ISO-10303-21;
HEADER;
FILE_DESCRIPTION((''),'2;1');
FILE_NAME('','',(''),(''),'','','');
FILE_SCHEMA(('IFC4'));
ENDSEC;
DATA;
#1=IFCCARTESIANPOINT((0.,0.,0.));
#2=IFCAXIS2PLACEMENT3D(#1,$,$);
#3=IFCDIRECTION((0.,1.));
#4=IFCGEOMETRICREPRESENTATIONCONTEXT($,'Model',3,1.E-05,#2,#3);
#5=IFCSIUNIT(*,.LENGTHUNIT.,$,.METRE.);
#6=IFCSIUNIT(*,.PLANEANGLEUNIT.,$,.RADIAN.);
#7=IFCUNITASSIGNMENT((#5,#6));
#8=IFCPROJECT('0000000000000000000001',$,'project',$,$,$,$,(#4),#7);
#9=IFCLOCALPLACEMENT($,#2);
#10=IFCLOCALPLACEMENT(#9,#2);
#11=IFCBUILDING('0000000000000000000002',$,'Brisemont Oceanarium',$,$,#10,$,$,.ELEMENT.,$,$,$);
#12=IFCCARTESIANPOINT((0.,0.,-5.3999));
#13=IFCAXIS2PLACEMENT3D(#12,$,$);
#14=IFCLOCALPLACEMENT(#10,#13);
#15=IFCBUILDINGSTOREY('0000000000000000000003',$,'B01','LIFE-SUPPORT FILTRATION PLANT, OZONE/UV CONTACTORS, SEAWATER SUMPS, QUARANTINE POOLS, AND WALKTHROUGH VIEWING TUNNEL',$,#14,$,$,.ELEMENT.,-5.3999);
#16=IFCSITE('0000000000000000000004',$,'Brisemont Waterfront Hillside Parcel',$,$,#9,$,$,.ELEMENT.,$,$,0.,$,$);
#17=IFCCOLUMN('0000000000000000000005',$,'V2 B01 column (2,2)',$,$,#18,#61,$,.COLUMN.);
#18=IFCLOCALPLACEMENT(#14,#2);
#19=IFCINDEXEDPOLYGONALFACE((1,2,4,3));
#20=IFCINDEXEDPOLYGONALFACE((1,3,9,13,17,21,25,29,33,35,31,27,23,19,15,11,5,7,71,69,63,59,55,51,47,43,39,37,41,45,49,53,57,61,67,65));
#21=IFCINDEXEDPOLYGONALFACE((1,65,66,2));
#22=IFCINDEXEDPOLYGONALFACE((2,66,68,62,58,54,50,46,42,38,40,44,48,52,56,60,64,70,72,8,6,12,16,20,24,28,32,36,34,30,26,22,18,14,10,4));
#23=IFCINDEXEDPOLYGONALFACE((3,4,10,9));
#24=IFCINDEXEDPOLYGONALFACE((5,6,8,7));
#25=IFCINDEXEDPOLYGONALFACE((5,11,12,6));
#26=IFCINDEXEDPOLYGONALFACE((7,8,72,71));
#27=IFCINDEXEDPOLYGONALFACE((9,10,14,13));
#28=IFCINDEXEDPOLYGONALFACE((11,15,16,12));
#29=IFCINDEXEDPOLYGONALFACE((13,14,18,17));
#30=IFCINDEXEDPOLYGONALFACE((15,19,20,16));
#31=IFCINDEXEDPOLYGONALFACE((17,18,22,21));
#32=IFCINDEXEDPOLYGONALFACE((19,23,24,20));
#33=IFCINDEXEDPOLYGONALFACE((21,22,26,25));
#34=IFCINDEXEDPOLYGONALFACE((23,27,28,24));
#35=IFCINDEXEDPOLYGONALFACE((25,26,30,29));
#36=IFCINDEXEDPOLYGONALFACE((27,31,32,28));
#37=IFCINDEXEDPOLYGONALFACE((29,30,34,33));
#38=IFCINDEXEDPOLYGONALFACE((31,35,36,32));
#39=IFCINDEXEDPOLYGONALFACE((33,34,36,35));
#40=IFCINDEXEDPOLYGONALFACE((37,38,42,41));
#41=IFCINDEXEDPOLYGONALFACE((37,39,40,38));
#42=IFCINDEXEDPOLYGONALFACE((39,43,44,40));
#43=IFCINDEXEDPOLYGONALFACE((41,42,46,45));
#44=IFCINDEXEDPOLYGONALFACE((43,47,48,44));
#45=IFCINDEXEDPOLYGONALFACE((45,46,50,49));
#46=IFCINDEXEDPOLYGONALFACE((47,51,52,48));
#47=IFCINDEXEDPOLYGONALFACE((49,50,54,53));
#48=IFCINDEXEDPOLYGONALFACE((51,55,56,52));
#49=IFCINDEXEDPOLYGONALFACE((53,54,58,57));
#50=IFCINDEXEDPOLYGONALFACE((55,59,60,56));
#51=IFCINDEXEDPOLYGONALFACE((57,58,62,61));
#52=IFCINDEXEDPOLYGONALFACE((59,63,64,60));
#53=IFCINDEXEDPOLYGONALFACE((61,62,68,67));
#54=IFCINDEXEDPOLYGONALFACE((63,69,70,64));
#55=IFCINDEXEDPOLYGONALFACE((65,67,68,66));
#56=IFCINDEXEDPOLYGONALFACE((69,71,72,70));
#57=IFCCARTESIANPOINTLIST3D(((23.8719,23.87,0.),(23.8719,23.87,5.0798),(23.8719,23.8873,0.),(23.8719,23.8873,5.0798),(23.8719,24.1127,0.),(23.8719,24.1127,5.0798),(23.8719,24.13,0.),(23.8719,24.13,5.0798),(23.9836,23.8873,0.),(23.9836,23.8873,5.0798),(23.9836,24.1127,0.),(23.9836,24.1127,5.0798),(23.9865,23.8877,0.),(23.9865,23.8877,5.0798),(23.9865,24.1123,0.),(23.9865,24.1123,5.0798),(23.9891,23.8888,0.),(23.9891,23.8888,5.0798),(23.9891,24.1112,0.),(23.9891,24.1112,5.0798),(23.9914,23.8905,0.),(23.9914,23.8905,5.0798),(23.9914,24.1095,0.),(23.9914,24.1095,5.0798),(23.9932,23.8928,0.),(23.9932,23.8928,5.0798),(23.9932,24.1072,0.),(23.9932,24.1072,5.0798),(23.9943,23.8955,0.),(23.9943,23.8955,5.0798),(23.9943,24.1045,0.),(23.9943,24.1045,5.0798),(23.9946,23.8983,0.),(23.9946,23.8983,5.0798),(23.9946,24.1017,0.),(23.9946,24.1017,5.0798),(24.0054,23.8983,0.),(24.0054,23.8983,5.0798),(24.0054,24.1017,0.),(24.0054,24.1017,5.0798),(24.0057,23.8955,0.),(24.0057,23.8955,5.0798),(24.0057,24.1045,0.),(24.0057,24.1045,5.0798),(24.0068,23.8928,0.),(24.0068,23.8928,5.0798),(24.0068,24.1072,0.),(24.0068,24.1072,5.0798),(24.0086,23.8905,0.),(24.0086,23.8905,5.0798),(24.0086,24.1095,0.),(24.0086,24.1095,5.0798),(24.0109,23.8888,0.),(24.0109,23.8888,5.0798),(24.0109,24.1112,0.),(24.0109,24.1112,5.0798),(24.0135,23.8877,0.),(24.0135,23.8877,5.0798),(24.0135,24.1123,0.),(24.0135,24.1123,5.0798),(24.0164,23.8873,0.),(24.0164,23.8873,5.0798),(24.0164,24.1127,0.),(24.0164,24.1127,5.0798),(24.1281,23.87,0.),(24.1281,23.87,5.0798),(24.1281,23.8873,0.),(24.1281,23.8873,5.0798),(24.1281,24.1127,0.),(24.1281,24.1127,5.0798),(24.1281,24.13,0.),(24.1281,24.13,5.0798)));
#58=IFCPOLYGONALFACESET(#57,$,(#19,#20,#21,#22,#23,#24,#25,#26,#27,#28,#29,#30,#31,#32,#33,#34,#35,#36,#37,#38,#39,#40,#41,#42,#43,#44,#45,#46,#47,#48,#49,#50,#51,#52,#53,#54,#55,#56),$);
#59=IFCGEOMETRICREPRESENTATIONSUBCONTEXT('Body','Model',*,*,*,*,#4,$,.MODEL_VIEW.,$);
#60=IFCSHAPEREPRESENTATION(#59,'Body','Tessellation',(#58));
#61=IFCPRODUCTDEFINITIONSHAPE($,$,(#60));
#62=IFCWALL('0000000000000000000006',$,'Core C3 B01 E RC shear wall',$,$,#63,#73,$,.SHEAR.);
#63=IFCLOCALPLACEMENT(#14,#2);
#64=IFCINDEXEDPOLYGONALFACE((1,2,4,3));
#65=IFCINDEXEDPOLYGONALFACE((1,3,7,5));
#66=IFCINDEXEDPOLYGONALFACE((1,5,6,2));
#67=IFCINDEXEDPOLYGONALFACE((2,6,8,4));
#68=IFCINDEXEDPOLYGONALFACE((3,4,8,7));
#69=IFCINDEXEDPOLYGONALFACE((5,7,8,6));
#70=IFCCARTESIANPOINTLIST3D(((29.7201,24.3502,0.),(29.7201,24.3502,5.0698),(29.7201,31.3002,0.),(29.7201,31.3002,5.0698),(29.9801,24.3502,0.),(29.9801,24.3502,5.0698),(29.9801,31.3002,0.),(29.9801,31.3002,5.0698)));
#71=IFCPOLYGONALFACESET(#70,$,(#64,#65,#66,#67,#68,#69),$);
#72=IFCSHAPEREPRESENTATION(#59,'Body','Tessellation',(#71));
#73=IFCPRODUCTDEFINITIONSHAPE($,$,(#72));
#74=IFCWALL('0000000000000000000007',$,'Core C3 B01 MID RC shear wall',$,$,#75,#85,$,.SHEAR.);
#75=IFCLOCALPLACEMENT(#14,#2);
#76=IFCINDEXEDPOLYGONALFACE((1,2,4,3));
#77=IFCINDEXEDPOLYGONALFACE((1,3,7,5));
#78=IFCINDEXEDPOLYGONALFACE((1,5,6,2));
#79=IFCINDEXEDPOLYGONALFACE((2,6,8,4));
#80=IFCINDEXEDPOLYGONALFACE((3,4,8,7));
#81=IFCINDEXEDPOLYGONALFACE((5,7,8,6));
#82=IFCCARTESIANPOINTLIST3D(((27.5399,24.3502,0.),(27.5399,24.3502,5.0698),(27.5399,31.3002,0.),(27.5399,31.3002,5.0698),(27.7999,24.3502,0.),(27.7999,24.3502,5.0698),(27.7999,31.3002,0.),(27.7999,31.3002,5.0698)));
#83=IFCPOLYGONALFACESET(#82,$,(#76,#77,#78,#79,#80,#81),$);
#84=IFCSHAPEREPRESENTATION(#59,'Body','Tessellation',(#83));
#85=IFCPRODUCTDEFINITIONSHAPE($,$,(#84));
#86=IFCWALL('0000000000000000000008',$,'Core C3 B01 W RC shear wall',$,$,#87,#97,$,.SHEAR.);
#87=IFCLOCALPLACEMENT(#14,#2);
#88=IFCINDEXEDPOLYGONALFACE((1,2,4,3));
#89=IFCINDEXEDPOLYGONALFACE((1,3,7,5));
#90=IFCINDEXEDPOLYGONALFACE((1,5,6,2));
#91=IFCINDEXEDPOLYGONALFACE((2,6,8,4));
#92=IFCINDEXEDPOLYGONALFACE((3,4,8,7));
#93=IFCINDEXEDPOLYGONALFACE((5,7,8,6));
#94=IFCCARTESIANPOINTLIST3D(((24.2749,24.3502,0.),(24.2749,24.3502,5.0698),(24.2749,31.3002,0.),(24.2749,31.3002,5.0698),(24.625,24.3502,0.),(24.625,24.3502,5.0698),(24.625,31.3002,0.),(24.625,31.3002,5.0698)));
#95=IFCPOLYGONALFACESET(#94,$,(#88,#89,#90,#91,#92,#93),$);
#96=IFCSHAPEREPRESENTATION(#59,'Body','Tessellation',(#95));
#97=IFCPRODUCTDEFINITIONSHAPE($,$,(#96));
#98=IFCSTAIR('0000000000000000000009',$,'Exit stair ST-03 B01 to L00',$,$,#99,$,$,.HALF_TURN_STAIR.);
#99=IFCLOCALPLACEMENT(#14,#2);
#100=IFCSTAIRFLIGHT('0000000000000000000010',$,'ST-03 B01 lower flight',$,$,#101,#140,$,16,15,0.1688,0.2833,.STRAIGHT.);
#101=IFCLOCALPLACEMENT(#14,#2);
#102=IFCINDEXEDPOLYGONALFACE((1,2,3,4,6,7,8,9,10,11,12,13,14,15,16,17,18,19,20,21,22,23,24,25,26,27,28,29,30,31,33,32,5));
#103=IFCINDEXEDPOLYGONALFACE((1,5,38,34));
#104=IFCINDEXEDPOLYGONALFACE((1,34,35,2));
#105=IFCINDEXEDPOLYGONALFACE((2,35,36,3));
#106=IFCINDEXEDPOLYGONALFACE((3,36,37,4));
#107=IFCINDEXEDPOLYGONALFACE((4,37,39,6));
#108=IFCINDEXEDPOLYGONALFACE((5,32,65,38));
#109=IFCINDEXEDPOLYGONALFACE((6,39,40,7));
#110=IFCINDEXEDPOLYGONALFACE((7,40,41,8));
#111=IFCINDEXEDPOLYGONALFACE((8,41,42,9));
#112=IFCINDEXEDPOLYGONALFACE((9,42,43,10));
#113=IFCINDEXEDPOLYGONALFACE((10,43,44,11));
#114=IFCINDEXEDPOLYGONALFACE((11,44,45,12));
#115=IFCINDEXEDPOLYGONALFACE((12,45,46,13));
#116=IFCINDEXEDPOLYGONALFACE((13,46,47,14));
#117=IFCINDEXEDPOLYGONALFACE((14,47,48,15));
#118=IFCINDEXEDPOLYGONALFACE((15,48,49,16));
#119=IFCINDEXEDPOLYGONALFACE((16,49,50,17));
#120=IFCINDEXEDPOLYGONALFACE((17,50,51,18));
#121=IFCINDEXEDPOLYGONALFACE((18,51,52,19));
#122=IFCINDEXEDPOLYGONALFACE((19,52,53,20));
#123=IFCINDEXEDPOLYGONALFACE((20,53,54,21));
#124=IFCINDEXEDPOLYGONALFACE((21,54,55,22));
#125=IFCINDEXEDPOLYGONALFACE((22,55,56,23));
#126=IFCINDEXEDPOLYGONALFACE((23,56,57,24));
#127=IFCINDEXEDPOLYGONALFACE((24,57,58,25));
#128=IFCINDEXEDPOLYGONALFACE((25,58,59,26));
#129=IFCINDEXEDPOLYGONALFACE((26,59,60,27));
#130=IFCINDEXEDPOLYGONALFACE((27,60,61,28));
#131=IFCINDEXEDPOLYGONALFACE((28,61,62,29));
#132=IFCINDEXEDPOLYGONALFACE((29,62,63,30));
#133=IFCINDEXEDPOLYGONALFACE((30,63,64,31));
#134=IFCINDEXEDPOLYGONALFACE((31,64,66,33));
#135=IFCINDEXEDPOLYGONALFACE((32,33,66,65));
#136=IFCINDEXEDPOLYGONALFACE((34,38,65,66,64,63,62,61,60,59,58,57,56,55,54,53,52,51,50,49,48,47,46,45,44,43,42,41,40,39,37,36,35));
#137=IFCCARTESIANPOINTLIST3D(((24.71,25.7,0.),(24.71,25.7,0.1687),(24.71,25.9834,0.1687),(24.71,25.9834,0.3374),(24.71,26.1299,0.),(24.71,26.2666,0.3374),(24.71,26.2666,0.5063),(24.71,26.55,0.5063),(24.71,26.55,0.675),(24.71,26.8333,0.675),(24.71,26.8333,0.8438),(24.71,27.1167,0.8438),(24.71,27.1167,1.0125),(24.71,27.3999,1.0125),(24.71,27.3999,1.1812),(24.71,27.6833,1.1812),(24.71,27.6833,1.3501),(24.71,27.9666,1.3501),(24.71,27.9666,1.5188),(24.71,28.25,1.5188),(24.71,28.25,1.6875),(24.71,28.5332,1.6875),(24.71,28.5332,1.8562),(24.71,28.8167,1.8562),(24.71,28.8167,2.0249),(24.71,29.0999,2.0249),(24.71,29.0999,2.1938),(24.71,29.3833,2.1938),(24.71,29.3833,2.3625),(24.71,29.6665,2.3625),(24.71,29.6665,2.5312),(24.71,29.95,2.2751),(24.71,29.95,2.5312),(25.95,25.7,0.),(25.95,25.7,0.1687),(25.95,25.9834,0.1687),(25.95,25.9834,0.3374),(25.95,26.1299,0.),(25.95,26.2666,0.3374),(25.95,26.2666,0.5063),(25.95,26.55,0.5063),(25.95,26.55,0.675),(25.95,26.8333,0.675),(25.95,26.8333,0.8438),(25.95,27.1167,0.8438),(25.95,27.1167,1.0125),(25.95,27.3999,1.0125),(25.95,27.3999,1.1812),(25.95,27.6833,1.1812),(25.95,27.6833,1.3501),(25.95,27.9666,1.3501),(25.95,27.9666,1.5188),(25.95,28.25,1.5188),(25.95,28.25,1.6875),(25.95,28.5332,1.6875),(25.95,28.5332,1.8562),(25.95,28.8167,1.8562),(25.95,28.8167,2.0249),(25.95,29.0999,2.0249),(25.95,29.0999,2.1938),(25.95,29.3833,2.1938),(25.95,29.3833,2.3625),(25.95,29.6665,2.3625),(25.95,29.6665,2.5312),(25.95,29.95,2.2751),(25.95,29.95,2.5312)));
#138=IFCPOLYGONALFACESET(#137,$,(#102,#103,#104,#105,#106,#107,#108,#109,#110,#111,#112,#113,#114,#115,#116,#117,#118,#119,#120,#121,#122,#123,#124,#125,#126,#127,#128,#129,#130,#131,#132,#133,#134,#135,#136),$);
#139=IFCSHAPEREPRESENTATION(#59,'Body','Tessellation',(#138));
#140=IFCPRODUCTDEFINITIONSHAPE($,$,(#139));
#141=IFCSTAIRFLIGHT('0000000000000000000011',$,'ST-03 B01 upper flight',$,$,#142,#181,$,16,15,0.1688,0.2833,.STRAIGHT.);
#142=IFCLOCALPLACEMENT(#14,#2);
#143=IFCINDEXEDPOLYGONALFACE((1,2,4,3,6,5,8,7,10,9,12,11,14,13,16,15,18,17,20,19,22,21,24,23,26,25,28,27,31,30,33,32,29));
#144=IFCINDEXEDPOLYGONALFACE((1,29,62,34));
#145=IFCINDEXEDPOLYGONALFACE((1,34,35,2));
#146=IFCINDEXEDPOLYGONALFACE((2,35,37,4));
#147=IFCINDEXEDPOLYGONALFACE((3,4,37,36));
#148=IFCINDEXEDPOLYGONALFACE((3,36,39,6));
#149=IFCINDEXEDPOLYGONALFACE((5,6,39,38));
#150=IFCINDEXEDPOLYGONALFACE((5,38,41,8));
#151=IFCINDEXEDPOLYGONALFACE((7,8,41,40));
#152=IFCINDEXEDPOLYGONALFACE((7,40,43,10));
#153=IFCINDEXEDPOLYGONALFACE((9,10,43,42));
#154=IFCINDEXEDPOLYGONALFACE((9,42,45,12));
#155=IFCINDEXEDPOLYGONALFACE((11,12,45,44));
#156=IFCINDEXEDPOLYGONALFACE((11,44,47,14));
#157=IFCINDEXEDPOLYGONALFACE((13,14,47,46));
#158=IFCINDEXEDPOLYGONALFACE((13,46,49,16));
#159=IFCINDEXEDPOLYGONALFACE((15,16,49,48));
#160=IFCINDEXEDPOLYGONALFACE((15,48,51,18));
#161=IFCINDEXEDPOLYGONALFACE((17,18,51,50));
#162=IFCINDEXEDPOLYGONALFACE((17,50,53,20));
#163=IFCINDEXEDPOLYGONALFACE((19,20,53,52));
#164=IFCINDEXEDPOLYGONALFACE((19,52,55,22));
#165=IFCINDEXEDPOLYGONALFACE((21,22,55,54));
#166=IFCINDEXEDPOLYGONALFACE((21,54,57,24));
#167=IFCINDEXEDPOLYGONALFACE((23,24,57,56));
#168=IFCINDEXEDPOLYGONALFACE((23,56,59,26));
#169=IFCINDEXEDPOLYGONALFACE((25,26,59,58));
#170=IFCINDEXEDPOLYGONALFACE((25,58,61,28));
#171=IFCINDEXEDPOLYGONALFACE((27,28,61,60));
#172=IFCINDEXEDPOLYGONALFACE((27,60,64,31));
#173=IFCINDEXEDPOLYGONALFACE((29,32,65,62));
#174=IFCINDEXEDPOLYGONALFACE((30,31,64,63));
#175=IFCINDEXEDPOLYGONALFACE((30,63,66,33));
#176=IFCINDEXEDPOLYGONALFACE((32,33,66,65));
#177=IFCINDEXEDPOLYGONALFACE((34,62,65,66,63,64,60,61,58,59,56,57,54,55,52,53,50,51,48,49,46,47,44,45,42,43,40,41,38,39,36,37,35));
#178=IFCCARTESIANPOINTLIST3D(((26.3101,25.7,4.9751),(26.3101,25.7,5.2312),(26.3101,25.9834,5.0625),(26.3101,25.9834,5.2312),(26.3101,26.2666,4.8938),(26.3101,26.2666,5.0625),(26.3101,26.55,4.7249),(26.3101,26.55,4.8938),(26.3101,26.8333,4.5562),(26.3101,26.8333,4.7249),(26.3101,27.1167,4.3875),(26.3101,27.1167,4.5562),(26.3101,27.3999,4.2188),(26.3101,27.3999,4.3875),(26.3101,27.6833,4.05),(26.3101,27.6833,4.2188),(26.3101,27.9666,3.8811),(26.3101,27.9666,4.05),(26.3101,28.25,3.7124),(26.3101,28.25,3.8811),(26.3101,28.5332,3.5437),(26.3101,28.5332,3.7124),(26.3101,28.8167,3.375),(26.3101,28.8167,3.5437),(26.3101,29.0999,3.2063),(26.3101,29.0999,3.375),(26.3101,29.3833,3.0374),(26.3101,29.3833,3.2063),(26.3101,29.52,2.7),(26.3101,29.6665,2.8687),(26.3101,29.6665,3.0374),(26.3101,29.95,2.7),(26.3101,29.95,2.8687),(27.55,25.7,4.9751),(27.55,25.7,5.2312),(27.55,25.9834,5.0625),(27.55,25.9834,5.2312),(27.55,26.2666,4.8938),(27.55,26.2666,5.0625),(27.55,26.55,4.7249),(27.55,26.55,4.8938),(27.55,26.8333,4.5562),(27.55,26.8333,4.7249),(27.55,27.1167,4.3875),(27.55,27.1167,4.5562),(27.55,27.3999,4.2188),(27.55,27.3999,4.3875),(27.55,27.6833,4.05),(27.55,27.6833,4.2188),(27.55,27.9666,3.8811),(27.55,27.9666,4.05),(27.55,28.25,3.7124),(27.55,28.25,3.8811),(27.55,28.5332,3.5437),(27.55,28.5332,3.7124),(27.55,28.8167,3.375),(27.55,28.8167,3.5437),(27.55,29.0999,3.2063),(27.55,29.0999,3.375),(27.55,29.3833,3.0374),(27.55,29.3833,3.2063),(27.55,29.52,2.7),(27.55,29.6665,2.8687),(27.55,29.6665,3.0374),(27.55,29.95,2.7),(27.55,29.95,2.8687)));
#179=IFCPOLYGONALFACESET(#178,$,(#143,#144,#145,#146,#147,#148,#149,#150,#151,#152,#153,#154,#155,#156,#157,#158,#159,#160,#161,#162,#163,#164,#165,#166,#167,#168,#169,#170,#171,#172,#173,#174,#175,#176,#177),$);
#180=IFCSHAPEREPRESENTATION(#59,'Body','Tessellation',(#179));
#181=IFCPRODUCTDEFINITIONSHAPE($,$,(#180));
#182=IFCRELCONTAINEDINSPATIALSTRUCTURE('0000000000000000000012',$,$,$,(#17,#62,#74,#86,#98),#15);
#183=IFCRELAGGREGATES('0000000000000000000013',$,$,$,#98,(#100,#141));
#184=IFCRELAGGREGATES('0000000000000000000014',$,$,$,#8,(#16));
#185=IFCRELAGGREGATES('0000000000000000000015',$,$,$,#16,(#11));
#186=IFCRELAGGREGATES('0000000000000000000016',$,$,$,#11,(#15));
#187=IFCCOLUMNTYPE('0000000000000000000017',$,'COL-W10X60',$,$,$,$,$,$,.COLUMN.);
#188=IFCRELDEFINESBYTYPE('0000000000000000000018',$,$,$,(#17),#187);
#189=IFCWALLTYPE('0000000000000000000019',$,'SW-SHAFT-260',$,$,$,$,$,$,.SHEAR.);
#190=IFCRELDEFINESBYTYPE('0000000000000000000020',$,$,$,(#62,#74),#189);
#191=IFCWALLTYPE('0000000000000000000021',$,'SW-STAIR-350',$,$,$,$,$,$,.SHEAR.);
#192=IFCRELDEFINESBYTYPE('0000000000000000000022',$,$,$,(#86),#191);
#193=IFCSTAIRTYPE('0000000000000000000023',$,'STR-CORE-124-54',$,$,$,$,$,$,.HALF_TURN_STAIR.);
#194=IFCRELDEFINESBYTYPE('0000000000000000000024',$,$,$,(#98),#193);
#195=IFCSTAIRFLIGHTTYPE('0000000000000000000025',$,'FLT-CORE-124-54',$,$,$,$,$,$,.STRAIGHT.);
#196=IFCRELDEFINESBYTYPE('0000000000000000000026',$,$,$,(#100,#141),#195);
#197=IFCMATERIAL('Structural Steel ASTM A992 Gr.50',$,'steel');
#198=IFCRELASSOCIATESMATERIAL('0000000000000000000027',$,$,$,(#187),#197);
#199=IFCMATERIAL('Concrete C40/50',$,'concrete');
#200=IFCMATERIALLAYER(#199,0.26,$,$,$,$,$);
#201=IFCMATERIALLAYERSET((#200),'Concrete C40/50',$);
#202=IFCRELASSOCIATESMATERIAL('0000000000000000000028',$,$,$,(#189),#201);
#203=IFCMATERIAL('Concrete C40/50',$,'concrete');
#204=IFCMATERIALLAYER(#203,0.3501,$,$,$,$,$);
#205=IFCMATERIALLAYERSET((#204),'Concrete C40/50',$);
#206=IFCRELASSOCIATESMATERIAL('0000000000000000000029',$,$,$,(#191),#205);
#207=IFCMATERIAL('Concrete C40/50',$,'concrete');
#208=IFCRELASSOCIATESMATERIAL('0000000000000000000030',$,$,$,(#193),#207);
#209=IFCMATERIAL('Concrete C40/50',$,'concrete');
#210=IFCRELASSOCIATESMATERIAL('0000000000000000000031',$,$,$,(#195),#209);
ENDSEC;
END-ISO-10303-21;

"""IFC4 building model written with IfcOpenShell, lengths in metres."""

from ifc_helpers import new_model, si_unit, direction, frame, frame_2d, origin, origin_2d, place, context, subcontext, project, spatial, polyline, rectangle, i_section, outline, extrude, material, layer, layer_set, material_profile, profile_set, type_object, element, aggregate, save


model = new_model("IFC4")

# Units and contexts
model_context = context("Model", 3, precision=1e-05, world=origin(), true_north=direction((0.0, 1.0)))
body_context = subcontext(model_context, "Body", "Model", "MODEL_VIEW")
ifc_project = project(units=[si_unit("LENGTHUNIT", "METRE"), si_unit("PLANEANGLEUNIT", "RADIAN")], contexts=[model_context])

# Site, building, storey
site_placement = place(None, origin())
site = spatial("IfcSite", under=ifc_project, at=site_placement, Name="Brisemont Waterfront Hillside Parcel", CompositionType="ELEMENT", RefElevation=0.0)
building_placement = place(site_placement, origin())
building = spatial("IfcBuilding", under=site, at=building_placement, Name="Brisemont Oceanarium", CompositionType="ELEMENT")
storey_placement = place(building_placement, frame((0.0, 0.0, -5.3999)))
storey = spatial("IfcBuildingStorey", under=building, at=storey_placement, Name="B01", Description="LIFE-SUPPORT FILTRATION PLANT, OZONE/UV CONTACTORS, SEAWATER SUMPS, QUARANTINE POOLS, AND WALKTHROUGH VIEWING TUNNEL", CompositionType="ELEMENT", Elevation=-5.3999)

# Column
ifc_material_1 = material(Name="Structural Steel ASTM A992 Gr.50", Category="steel")
ifc_material_profile_1 = material_profile(ifc_material_1, i_section(OverallWidth=0.2561, OverallDepth=0.26, WebThickness=0.0107, FlangeThickness=0.0173, FilletRadius=0.011, at=origin_2d()), Name="W10X60")
ifc_profile_set_1 = profile_set([ifc_material_profile_1], Name="Structural Steel ASTM A992 Gr.50")
column_type_1 = type_object("IfcColumnType", Name="COL-W10X60", PredefinedType="COLUMN", material=ifc_profile_set_1)
column_1_placement = place(storey_placement, frame((24.0, 24.0, 0.0), z_axis=(0.0, 0.0, 1.0), x_axis=(1.0, 0.0, 0.0)))
element("IfcColumn", 1, at=column_1_placement, inside=storey, type_object=column_type_1, Name="V2 B01 column (2,2)", PredefinedType="COLUMN", context=body_context, shape_type="SweptSolid", body=[
    extrude(i_section(OverallWidth=0.2561, OverallDepth=0.26, WebThickness=0.0107, FlangeThickness=0.0173, FilletRadius=0.011, at=origin_2d()), origin(), (0.0, 0.0, 1.0), 5.0798),
])

# Walls
ifc_material_2 = material(Name="Concrete C40/50", Category="concrete")
ifc_layer_1 = layer(ifc_material_2, 0.26)
ifc_layer_set_1 = layer_set([ifc_layer_1], Name="Concrete C40/50")
wall_type_1 = type_object("IfcWallType", Name="SW-SHAFT-260", PredefinedType="SHEAR", material=ifc_layer_set_1)
for number, where, z_axis, x_axis, name in (
    (2, (29.8501, 24.3501, 0.0), (0.0, 0.0, 1.0), (0.0, 1.0, 0.0), "Core C3 B01 E RC shear wall"),
    (3, (27.6699, 24.3501, 0.0), (0.0, 0.0, 1.0), (0.0, 1.0, 0.0), "Core C3 B01 MID RC shear wall"),
):
    element("IfcWall", number, at=place(storey_placement, frame(where, z_axis=z_axis, x_axis=x_axis)), inside=storey, type_object=wall_type_1, Name=name, PredefinedType="SHEAR", context=body_context, shape_type="SweptSolid", body=[
        extrude(rectangle(XDim=6.95, YDim=0.26, at=frame_2d((3.4751, 0.0))), origin(), (0.0, 0.0, 1.0), 5.0698),
    ])

# Shared definitions
ifc_material_3 = material(Name="Concrete C40/50", Category="concrete")
ifc_layer_2 = layer(ifc_material_3, 0.3501)
ifc_layer_set_2 = layer_set([ifc_layer_2], Name="Concrete C40/50")
wall_type_2 = type_object("IfcWallType", Name="SW-STAIR-350", PredefinedType="SHEAR", material=ifc_layer_set_2)

# Wall
wall_1_placement = place(storey_placement, frame((24.45, 24.3501, 0.0), z_axis=(0.0, 0.0, 1.0), x_axis=(0.0, 1.0, 0.0)))
element("IfcWall", 4, at=wall_1_placement, inside=storey, type_object=wall_type_2, Name="Core C3 B01 W RC shear wall", PredefinedType="SHEAR", context=body_context, shape_type="SweptSolid", body=[
    extrude(rectangle(XDim=6.95, YDim=0.3501, at=frame_2d((3.4751, 0.0))), origin(), (0.0, 0.0, 1.0), 5.0698),
])

# Stair, stair flights
ifc_material_4 = material(Name="Concrete C40/50", Category="concrete")
stair_type = type_object("IfcStairType", Name="STR-CORE-124-54", PredefinedType="HALF_TURN_STAIR", material=ifc_material_4)
stair_placement = place(storey_placement, origin())
stair = element("IfcStair", 5, at=stair_placement, inside=storey, type_object=stair_type, Name="Exit stair ST-03 B01 to L00", PredefinedType="HALF_TURN_STAIR")
ifc_material_5 = material(Name="Concrete C40/50", Category="concrete")
stair_flight_type = type_object("IfcStairFlightType", Name="FLT-CORE-124-54", PredefinedType="STRAIGHT", material=ifc_material_5)
stair_flight_1_placement = place(storey_placement, frame((25.3301, 25.7, 0.0), z_axis=(0.0, 0.0, 1.0), x_axis=(0.0, 1.0, 0.0)))
stair_flight_1 = element("IfcStairFlight", 6, at=stair_flight_1_placement, type_object=stair_flight_type, Name="ST-03 B01 lower flight", NumberOfRisers=16, NumberOfTreads=15, PredefinedType="STRAIGHT", RiserHeight=0.1688, TreadLength=0.2833, context=body_context, shape_type="SweptSolid", body=[
    extrude(outline(polyline([(0.0, 0.0), (0.0, 0.1687), (0.2834, 0.1687), (0.2834, 0.3374), (0.5667, 0.3374), (0.5667, 0.5063), (0.8501, 0.5063), (0.8501, 0.675), (1.1333, 0.675), (1.1333, 0.8438), (1.4167, 0.8438), (1.4167, 1.0125), (1.7, 1.0125), (1.7, 1.1812), (1.9834, 1.1812), (1.9834, 1.3501), (2.2666, 1.3501), (2.2666, 1.5188), (2.55, 1.5188), (2.55, 1.6875), (2.8333, 1.6875), (2.8333, 1.8562), (3.1167, 1.8562), (3.1167, 2.0249), (3.3999, 2.0249), (3.3999, 2.1938), (3.6833, 2.1938), (3.6833, 2.3625), (3.9666, 2.3625), (3.9666, 2.5312), (4.25, 2.5312), (4.25, 2.7), (4.25, 2.2751), (0.4299, 0.0), (0.0, 0.0)])), frame((0.0, 0.6201, 0.0), z_axis=(0.0, -1.0, 0.0), x_axis=(1.0, 0.0, 0.0)), (0.0, 0.0, 1.0), 1.24),
])
stair_flight_2_placement = place(storey_placement, frame((26.9299, 29.95, 2.7), z_axis=(0.0, 0.0, 1.0), x_axis=(0.0, -1.0, 0.0)))
stair_flight_2 = element("IfcStairFlight", 7, at=stair_flight_2_placement, type_object=stair_flight_type, Name="ST-03 B01 upper flight", NumberOfRisers=16, NumberOfTreads=15, PredefinedType="STRAIGHT", RiserHeight=0.1688, TreadLength=0.2833, context=body_context, shape_type="SweptSolid", body=[
    extrude(outline(polyline([(0.0, 0.0), (0.0, 0.1687), (0.2834, 0.1687), (0.2834, 0.3374), (0.5667, 0.3374), (0.5667, 0.5063), (0.8501, 0.5063), (0.8501, 0.675), (1.1333, 0.675), (1.1333, 0.8438), (1.4167, 0.8438), (1.4167, 1.0125), (1.7, 1.0125), (1.7, 1.1812), (1.9834, 1.1812), (1.9834, 1.3501), (2.2666, 1.3501), (2.2666, 1.5188), (2.55, 1.5188), (2.55, 1.6875), (2.8333, 1.6875), (2.8333, 1.8562), (3.1167, 1.8562), (3.1167, 2.0249), (3.3999, 2.0249), (3.3999, 2.1938), (3.6833, 2.1938), (3.6833, 2.3625), (3.9666, 2.3625), (3.9666, 2.5312), (4.25, 2.5312), (4.25, 2.7), (4.25, 2.2751), (0.4299, 0.0), (0.0, 0.0)])), frame((0.0, 0.6201, 0.0), z_axis=(0.0, -1.0, 0.0), x_axis=(1.0, 0.0, 0.0)), (0.0, 0.0, 1.0), 1.24),
])
aggregate(stair, [stair_flight_1, stair_flight_2])

save(model, "model.ifc")
